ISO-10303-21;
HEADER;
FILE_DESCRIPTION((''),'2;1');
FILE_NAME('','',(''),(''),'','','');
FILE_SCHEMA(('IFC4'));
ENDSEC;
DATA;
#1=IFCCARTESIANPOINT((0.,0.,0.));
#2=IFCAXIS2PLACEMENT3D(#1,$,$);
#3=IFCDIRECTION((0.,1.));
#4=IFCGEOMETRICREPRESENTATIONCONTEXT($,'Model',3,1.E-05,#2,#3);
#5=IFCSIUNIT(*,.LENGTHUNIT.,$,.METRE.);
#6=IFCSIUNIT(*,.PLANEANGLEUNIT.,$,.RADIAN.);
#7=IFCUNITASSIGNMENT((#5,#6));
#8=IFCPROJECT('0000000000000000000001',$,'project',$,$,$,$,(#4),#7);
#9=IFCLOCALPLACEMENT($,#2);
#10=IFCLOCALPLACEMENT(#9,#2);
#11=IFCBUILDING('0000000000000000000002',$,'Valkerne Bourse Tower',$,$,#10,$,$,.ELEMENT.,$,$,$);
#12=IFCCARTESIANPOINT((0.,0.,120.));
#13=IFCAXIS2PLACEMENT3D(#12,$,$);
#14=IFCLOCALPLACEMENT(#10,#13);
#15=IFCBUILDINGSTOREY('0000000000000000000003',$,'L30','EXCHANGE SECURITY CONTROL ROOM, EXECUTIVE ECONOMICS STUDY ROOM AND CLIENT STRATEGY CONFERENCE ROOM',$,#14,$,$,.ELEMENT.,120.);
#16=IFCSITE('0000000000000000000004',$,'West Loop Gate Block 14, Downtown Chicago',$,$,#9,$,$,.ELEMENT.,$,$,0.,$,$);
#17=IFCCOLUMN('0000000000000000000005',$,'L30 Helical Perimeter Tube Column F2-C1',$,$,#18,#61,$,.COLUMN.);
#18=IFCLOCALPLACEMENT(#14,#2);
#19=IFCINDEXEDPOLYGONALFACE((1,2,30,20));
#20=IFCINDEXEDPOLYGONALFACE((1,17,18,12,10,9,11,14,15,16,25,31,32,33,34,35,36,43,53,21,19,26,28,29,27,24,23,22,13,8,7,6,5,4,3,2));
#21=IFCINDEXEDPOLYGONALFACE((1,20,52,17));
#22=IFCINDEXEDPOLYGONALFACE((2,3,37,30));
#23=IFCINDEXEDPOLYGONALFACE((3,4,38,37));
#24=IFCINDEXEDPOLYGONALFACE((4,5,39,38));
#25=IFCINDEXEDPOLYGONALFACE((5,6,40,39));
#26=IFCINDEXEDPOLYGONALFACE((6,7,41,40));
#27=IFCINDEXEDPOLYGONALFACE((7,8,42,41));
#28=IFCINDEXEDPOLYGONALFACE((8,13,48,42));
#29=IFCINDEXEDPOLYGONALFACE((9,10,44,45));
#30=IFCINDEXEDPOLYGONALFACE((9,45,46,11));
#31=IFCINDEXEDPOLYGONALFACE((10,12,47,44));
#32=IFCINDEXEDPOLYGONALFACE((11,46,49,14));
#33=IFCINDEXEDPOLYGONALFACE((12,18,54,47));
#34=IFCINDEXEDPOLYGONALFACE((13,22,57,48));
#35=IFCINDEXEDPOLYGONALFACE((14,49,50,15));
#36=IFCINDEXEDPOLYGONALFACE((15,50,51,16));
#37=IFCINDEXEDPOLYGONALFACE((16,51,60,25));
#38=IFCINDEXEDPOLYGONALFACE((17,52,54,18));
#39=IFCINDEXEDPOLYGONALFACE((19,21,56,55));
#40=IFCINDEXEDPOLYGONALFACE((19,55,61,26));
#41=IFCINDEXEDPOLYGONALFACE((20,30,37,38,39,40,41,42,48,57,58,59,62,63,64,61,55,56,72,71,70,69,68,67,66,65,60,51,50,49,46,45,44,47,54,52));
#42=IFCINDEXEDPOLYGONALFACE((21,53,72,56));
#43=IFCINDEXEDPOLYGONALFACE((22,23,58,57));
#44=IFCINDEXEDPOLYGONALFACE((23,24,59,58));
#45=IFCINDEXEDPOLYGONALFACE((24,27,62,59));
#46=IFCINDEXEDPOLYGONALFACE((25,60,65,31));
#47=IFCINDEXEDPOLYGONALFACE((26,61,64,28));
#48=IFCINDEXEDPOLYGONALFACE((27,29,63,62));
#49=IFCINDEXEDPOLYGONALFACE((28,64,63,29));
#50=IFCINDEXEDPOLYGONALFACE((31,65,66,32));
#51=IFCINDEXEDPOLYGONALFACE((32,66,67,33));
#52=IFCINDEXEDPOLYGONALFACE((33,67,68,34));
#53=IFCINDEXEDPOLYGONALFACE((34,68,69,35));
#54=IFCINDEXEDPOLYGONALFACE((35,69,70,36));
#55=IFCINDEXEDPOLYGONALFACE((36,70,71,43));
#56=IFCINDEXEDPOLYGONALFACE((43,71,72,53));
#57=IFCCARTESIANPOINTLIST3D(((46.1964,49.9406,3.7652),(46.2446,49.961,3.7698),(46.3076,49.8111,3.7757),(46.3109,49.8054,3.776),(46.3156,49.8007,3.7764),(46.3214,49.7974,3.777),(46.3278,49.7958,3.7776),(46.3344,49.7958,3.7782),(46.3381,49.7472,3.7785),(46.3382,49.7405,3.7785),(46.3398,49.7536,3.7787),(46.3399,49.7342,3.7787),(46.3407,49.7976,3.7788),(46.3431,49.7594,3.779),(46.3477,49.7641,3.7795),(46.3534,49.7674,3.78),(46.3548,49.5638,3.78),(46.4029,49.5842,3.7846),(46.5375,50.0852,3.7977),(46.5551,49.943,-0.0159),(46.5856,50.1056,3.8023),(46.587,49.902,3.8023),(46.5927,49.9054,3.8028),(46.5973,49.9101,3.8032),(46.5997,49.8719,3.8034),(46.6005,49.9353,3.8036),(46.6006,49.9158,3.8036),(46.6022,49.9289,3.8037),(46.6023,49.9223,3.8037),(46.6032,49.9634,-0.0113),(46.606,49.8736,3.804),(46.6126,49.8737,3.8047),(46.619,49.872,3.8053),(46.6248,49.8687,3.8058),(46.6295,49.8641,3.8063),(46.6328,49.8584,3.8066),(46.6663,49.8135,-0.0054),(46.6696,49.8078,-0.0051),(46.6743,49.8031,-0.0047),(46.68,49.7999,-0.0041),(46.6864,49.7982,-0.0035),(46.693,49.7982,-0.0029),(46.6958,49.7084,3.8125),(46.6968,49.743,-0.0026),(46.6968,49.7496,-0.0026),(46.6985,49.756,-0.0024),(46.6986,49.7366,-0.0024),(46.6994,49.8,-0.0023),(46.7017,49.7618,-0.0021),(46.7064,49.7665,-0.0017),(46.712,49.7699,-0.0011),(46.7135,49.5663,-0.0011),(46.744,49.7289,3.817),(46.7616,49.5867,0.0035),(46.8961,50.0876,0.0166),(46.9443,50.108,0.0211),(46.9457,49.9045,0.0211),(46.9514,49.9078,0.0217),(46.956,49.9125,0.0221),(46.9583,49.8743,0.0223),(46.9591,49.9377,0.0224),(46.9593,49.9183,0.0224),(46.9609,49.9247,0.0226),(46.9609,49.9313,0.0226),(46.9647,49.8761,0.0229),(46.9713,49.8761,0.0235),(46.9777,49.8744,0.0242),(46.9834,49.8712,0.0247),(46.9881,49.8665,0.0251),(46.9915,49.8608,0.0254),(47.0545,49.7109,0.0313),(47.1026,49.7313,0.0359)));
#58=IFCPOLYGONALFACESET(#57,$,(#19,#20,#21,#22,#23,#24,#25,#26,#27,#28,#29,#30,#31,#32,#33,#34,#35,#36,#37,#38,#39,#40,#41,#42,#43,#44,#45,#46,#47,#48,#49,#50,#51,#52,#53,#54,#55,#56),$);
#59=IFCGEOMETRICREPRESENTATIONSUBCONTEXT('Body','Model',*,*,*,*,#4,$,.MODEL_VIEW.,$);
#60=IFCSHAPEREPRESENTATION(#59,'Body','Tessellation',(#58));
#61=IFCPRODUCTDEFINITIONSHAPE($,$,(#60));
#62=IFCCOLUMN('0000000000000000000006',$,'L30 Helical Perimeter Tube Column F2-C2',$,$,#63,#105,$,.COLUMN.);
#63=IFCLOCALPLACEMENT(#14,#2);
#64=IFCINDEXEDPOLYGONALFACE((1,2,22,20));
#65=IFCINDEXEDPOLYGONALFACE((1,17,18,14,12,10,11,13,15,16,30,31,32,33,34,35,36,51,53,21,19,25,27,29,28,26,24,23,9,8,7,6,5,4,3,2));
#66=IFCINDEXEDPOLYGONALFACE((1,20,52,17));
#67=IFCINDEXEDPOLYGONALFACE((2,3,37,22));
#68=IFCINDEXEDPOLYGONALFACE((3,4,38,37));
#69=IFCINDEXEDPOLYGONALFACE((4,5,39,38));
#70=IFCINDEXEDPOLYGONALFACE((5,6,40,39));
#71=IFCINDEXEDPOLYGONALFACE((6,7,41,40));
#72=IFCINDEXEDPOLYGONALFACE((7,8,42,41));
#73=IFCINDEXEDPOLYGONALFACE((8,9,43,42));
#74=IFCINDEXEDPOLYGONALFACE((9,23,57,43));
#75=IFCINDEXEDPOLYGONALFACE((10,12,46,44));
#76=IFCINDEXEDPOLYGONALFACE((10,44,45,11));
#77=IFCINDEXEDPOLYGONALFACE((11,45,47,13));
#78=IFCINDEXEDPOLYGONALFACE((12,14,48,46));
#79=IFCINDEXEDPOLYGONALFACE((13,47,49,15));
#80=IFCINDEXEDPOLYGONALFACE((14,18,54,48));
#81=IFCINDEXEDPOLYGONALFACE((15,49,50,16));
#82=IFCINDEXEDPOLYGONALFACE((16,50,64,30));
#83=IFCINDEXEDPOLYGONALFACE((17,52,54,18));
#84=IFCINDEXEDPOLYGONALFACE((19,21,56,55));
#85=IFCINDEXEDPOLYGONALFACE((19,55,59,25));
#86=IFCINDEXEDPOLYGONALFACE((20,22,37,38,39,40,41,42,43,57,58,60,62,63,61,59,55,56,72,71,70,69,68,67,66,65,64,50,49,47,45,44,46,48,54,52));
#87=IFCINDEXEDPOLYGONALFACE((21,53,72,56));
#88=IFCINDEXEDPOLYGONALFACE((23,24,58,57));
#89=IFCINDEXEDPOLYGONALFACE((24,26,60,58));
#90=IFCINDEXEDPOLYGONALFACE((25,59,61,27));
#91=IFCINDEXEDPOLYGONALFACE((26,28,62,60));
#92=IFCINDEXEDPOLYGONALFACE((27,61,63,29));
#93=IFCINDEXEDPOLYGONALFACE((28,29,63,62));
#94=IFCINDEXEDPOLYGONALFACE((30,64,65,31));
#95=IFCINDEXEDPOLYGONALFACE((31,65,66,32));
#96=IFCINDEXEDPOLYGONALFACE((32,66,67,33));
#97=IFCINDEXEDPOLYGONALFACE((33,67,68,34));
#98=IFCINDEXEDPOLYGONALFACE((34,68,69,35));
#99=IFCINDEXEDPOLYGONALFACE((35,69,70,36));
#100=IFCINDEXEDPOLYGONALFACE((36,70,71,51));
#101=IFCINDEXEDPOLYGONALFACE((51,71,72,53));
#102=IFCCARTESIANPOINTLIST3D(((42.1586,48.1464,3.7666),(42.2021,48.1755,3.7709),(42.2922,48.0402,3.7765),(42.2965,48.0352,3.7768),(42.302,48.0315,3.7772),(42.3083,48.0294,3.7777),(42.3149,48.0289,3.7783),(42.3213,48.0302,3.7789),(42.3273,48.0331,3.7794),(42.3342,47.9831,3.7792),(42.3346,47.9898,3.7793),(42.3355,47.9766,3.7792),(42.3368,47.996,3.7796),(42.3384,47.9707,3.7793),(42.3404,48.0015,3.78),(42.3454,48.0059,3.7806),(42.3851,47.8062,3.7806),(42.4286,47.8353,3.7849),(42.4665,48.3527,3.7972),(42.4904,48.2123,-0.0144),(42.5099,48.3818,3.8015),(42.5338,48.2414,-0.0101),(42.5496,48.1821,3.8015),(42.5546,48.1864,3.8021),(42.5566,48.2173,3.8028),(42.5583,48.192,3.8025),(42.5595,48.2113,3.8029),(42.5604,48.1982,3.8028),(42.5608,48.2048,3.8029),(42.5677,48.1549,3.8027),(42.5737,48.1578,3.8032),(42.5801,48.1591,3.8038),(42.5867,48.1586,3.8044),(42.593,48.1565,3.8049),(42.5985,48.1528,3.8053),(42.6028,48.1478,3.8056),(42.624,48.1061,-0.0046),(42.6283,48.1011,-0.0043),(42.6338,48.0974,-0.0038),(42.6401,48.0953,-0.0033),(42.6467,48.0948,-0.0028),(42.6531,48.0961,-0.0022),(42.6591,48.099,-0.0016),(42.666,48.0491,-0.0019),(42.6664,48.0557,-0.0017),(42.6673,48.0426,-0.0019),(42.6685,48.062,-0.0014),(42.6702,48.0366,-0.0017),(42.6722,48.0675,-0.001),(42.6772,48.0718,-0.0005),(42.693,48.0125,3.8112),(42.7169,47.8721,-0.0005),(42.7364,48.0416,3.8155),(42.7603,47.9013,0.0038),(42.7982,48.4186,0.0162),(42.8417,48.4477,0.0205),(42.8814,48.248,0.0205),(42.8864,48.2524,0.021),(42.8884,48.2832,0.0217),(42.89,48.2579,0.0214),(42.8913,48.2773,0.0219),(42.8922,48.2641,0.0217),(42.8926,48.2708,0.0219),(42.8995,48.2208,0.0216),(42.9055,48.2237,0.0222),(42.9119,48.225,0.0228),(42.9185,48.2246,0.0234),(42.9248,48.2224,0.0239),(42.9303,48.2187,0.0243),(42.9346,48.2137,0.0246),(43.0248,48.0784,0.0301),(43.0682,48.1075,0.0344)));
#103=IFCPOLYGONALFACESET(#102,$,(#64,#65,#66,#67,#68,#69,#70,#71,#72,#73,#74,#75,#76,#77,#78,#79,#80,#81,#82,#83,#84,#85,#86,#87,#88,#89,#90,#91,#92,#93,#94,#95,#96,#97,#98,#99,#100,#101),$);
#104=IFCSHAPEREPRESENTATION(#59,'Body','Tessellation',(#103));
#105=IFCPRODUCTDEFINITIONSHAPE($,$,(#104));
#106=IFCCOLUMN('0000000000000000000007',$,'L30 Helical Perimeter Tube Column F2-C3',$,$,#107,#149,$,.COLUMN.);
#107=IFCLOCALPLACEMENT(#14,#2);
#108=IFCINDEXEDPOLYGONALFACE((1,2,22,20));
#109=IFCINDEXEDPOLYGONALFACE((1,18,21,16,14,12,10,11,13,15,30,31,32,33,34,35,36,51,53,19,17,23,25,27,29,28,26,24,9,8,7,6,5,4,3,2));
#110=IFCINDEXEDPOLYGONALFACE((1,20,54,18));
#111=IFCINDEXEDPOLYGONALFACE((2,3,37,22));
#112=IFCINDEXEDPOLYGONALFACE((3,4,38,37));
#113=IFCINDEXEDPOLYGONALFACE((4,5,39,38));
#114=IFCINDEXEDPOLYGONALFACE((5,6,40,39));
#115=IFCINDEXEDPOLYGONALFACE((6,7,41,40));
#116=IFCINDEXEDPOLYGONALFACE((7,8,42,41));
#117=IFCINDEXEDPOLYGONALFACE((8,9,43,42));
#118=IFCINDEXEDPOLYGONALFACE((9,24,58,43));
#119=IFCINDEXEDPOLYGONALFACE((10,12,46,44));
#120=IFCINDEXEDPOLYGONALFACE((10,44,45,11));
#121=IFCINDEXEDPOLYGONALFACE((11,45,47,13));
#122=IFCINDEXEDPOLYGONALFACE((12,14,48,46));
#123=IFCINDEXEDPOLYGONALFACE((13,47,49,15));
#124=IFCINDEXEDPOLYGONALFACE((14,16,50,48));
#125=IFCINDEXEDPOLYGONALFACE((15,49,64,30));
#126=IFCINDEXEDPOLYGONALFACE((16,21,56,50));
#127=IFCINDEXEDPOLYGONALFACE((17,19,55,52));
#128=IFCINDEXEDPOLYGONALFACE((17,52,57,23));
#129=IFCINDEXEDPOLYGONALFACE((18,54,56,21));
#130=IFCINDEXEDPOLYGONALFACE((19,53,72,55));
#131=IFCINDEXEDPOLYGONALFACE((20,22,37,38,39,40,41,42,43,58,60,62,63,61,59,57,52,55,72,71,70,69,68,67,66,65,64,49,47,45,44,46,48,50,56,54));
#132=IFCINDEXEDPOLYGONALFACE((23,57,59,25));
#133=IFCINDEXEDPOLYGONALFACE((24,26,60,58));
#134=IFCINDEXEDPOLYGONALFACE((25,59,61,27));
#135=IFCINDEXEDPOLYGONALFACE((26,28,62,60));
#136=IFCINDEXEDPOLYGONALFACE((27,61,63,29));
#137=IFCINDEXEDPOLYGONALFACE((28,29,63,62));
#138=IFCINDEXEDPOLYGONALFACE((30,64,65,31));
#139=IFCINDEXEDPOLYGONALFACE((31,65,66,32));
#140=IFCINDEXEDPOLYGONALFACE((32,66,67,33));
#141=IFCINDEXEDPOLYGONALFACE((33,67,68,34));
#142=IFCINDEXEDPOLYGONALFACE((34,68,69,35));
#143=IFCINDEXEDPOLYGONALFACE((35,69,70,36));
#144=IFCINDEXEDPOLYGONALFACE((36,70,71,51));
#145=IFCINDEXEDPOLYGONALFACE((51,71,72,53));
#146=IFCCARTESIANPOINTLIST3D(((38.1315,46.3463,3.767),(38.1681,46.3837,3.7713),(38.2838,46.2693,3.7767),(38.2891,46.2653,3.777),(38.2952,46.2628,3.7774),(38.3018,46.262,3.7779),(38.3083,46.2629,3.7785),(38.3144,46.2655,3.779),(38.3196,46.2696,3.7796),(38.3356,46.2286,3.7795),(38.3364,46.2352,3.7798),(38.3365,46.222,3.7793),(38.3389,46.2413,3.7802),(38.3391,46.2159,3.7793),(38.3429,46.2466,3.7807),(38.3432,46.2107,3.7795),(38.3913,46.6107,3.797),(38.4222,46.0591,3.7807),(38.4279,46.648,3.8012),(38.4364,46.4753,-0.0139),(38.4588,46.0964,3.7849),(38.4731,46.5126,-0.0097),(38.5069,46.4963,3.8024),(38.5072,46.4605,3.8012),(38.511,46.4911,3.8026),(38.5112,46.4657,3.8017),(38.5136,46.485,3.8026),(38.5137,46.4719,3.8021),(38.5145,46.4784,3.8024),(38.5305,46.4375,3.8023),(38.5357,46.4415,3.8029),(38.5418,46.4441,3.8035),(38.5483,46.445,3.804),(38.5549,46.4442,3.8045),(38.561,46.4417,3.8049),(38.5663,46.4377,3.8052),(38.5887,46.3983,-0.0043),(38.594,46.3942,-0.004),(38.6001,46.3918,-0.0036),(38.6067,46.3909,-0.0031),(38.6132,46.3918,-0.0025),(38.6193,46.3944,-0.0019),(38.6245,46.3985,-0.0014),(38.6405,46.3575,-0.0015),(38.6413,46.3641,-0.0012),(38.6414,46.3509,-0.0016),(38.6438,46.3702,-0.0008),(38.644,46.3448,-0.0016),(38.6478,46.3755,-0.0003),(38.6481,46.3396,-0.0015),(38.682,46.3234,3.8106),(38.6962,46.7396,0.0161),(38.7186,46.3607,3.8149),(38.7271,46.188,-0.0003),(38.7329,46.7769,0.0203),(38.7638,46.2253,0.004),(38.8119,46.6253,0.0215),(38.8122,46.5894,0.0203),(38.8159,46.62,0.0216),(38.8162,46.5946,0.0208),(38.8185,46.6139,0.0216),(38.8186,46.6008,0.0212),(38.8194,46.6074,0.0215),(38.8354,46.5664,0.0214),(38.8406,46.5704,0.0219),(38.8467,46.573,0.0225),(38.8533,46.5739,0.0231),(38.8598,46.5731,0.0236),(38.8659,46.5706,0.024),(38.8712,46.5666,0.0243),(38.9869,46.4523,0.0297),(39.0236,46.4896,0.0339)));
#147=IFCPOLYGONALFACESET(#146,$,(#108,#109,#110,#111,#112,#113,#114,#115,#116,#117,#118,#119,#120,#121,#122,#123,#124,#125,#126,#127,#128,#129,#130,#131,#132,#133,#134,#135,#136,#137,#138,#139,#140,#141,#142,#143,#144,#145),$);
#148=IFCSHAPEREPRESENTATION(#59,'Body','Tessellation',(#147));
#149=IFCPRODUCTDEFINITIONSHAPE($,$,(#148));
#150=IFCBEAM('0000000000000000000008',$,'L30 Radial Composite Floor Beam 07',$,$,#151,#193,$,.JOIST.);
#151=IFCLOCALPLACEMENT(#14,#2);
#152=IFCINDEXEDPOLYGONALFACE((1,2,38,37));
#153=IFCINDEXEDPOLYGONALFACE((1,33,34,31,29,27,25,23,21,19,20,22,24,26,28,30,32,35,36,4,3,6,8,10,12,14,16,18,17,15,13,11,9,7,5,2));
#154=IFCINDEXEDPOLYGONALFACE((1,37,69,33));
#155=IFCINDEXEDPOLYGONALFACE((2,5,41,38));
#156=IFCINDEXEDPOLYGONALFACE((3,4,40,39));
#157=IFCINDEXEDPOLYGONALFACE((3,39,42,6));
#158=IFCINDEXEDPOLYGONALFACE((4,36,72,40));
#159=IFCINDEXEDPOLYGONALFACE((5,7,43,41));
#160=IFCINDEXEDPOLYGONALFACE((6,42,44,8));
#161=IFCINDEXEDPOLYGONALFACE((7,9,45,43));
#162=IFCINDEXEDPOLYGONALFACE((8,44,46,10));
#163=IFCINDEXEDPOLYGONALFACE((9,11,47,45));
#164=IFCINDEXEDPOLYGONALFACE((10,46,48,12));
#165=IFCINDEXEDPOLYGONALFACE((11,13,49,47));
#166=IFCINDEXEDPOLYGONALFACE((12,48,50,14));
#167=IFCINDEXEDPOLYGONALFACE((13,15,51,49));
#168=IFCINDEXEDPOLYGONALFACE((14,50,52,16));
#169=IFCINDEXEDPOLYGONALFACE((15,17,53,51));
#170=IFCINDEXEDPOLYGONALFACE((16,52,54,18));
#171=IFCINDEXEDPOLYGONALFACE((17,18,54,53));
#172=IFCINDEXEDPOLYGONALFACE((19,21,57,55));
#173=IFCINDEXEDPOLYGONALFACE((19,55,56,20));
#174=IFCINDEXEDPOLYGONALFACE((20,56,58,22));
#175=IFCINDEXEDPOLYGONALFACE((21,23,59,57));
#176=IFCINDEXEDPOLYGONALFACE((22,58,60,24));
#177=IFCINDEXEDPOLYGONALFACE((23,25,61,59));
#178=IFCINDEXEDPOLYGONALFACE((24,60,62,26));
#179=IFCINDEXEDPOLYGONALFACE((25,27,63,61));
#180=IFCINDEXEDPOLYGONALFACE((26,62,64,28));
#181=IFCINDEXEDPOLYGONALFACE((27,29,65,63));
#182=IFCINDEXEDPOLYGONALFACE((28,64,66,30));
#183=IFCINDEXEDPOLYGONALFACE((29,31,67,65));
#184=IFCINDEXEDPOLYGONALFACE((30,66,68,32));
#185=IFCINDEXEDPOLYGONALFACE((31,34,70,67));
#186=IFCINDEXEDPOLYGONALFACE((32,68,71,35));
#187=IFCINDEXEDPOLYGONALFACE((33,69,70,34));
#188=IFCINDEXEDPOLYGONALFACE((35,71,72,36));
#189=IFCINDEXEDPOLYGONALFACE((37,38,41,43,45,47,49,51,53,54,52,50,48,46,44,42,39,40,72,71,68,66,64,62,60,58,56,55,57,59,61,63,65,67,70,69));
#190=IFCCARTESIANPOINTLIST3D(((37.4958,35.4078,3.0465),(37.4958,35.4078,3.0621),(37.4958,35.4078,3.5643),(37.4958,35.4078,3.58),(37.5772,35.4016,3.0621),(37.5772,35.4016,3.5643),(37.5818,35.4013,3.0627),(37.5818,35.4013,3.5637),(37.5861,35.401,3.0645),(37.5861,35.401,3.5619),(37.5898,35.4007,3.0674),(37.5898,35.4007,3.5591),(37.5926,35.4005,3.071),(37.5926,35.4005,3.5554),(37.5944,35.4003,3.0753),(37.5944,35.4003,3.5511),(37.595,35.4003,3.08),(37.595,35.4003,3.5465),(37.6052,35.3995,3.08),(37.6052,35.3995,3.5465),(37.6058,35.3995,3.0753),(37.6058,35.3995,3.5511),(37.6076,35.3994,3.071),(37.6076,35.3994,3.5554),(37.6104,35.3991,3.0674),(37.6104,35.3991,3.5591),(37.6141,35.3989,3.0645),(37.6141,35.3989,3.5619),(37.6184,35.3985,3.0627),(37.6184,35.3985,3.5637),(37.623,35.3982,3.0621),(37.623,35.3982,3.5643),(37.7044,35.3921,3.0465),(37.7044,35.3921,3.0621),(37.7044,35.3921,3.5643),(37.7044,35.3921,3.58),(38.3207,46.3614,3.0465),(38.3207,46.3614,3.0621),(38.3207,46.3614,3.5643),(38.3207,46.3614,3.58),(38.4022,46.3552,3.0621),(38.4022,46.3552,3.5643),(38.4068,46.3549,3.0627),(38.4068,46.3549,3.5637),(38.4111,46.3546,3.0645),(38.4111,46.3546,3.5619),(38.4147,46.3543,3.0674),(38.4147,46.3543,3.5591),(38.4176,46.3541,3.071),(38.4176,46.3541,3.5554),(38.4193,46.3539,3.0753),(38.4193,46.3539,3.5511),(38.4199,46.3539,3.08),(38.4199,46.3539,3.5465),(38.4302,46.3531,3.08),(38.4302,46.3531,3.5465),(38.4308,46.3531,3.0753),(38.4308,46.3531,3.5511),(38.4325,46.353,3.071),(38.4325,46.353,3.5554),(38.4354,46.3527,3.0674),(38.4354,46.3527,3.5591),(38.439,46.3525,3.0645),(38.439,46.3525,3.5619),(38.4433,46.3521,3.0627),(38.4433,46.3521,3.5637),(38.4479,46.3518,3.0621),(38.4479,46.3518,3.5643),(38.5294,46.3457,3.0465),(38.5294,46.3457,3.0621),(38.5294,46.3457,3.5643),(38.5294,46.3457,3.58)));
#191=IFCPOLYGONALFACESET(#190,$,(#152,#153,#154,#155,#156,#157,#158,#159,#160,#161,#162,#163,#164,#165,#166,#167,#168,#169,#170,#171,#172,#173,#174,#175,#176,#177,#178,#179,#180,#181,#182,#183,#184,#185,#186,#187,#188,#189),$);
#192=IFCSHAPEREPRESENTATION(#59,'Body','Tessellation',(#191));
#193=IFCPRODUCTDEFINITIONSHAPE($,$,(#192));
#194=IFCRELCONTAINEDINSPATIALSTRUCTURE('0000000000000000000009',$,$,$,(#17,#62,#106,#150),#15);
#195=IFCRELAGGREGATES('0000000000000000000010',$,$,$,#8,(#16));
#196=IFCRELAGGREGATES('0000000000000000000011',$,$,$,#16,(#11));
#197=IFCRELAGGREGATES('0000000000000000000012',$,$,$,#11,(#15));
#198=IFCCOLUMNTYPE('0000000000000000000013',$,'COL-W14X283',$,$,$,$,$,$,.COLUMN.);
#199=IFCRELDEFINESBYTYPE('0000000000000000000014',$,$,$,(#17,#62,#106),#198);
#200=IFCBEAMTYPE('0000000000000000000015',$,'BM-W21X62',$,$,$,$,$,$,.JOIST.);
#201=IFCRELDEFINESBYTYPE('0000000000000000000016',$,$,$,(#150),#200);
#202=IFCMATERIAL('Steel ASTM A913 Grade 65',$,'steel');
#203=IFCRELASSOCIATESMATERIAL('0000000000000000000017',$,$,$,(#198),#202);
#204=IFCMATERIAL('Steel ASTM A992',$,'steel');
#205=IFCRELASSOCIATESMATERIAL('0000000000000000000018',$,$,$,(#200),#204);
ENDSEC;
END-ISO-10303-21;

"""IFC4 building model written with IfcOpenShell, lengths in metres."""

from ifc_helpers import new_model, si_unit, direction, frame, origin, origin_2d, place, context, subcontext, project, spatial, i_section, extrude, material, material_profile, profile_set, type_object, element, save


model = new_model("IFC4")

# Units and contexts
model_context = context("Model", 3, precision=1e-05, world=origin(), true_north=direction((0.0, 1.0)))
body_context = subcontext(model_context, "Body", "Model", "MODEL_VIEW")
ifc_project = project(units=[si_unit("LENGTHUNIT", "METRE"), si_unit("PLANEANGLEUNIT", "RADIAN")], contexts=[model_context])

# Site, building, storey
site_placement = place(None, origin())
site = spatial("IfcSite", under=ifc_project, at=site_placement, Name="West Loop Gate Block 14, Downtown Chicago", CompositionType="ELEMENT", RefElevation=0.0)
building_placement = place(site_placement, origin())
building = spatial("IfcBuilding", under=site, at=building_placement, Name="Valkerne Bourse Tower", CompositionType="ELEMENT")
storey_placement = place(building_placement, frame((0.0, 0.0, 120.0)))
storey = spatial("IfcBuildingStorey", under=building, at=storey_placement, Name="L30", Description="EXCHANGE SECURITY CONTROL ROOM, EXECUTIVE ECONOMICS STUDY ROOM AND CLIENT STRATEGY CONFERENCE ROOM", CompositionType="ELEMENT", Elevation=120.0)

# Columns
ifc_material_1 = material(Name="Steel ASTM A913 Grade 65", Category="steel")
ifc_material_profile_1 = material_profile(ifc_material_1, i_section(OverallWidth=0.4089, OverallDepth=0.4243, WebThickness=0.0327, FlangeThickness=0.0525, FilletRadius=0.0254, at=origin_2d()), Name="W14X283")
ifc_profile_set_1 = profile_set([ifc_material_profile_1], Name="Steel ASTM A913 Grade 65")
column_type = type_object("IfcColumnType", Name="COL-W14X283", PredefinedType="COLUMN", material=ifc_profile_set_1)
column_1_placement = place(storey_placement, frame((46.8289, 49.8372, 0.01), z_axis=(-0.09443, -0.000643, 0.995531), x_axis=(-0.387254, 0.921265, -0.036138)))
element("IfcColumn", 1, at=column_1_placement, inside=storey, type_object=column_type, Name="L30 Helical Perimeter Tube Column F2-C1", PredefinedType="COLUMN", context=body_context, shape_type="SweptSolid", body=[
    extrude(i_section(OverallWidth=0.4089, OverallDepth=0.4243, WebThickness=0.0327, FlangeThickness=0.0525, FilletRadius=0.0254, at=origin_2d()), origin(), (0.0, 0.0, 1.0), 3.7981),
])
column_2_placement = place(storey_placement, frame((42.7793, 48.1599, 0.01), z_axis=(-0.087402, -0.017365, 0.996022), x_axis=(-0.553888, 0.831893, -0.034101)))
element("IfcColumn", 2, at=column_2_placement, inside=storey, type_object=column_type, Name="L30 Helical Perimeter Tube Column F2-C2", PredefinedType="COLUMN", context=body_context, shape_type="SweptSolid", body=[
    extrude(i_section(OverallWidth=0.4089, OverallDepth=0.4243, WebThickness=0.0327, FlangeThickness=0.0525, FilletRadius=0.0254, at=origin_2d()), origin(), (0.0, 0.0, 1.0), 3.7961),
])
column_3_placement = place(storey_placement, frame((38.73, 46.4824, 0.01), z_axis=(-0.080341, -0.033963, 0.996189), x_axis=(-0.710874, 0.702527, -0.033379)))
element("IfcColumn", 3, at=column_3_placement, inside=storey, type_object=column_type, Name="L30 Helical Perimeter Tube Column F2-C3", PredefinedType="COLUMN", context=body_context, shape_type="SweptSolid", body=[
    extrude(i_section(OverallWidth=0.4089, OverallDepth=0.4243, WebThickness=0.0327, FlangeThickness=0.0525, FilletRadius=0.0254, at=origin_2d()), origin(), (0.0, 0.0, 1.0), 3.7954),
])

# Beam
ifc_material_2 = material(Name="Steel ASTM A992", Category="steel")
ifc_material_profile_2 = material_profile(ifc_material_2, i_section(OverallWidth=0.2092, OverallDepth=0.5334, WebThickness=0.0103, FlangeThickness=0.0156, FilletRadius=0.0178, at=origin_2d()), Name="W21X62")
ifc_profile_set_2 = profile_set([ifc_material_profile_2], Name="Steel ASTM A992")
beam_type_1 = type_object("IfcBeamType", Name="BM-W21X62", PredefinedType="JOIST", material=ifc_profile_set_2)
beam_1_placement = place(storey_placement, frame((38.425, 46.3535, 3.3132), z_axis=(-0.0751, -0.997176, 0.0), x_axis=(0.997176, -0.0751, 0.0)))
element("IfcBeam", 4, at=beam_1_placement, inside=storey, type_object=beam_type_1, Name="L30 Radial Composite Floor Beam 07", PredefinedType="JOIST", context=body_context, shape_type="SweptSolid", body=[
    extrude(i_section(OverallWidth=0.2092, OverallDepth=0.5334, WebThickness=0.0103, FlangeThickness=0.0156, FilletRadius=0.0178, at=origin_2d()), origin(), (0.0, 0.0, 1.0), 10.9846),
])

save(model, "model.ifc")
